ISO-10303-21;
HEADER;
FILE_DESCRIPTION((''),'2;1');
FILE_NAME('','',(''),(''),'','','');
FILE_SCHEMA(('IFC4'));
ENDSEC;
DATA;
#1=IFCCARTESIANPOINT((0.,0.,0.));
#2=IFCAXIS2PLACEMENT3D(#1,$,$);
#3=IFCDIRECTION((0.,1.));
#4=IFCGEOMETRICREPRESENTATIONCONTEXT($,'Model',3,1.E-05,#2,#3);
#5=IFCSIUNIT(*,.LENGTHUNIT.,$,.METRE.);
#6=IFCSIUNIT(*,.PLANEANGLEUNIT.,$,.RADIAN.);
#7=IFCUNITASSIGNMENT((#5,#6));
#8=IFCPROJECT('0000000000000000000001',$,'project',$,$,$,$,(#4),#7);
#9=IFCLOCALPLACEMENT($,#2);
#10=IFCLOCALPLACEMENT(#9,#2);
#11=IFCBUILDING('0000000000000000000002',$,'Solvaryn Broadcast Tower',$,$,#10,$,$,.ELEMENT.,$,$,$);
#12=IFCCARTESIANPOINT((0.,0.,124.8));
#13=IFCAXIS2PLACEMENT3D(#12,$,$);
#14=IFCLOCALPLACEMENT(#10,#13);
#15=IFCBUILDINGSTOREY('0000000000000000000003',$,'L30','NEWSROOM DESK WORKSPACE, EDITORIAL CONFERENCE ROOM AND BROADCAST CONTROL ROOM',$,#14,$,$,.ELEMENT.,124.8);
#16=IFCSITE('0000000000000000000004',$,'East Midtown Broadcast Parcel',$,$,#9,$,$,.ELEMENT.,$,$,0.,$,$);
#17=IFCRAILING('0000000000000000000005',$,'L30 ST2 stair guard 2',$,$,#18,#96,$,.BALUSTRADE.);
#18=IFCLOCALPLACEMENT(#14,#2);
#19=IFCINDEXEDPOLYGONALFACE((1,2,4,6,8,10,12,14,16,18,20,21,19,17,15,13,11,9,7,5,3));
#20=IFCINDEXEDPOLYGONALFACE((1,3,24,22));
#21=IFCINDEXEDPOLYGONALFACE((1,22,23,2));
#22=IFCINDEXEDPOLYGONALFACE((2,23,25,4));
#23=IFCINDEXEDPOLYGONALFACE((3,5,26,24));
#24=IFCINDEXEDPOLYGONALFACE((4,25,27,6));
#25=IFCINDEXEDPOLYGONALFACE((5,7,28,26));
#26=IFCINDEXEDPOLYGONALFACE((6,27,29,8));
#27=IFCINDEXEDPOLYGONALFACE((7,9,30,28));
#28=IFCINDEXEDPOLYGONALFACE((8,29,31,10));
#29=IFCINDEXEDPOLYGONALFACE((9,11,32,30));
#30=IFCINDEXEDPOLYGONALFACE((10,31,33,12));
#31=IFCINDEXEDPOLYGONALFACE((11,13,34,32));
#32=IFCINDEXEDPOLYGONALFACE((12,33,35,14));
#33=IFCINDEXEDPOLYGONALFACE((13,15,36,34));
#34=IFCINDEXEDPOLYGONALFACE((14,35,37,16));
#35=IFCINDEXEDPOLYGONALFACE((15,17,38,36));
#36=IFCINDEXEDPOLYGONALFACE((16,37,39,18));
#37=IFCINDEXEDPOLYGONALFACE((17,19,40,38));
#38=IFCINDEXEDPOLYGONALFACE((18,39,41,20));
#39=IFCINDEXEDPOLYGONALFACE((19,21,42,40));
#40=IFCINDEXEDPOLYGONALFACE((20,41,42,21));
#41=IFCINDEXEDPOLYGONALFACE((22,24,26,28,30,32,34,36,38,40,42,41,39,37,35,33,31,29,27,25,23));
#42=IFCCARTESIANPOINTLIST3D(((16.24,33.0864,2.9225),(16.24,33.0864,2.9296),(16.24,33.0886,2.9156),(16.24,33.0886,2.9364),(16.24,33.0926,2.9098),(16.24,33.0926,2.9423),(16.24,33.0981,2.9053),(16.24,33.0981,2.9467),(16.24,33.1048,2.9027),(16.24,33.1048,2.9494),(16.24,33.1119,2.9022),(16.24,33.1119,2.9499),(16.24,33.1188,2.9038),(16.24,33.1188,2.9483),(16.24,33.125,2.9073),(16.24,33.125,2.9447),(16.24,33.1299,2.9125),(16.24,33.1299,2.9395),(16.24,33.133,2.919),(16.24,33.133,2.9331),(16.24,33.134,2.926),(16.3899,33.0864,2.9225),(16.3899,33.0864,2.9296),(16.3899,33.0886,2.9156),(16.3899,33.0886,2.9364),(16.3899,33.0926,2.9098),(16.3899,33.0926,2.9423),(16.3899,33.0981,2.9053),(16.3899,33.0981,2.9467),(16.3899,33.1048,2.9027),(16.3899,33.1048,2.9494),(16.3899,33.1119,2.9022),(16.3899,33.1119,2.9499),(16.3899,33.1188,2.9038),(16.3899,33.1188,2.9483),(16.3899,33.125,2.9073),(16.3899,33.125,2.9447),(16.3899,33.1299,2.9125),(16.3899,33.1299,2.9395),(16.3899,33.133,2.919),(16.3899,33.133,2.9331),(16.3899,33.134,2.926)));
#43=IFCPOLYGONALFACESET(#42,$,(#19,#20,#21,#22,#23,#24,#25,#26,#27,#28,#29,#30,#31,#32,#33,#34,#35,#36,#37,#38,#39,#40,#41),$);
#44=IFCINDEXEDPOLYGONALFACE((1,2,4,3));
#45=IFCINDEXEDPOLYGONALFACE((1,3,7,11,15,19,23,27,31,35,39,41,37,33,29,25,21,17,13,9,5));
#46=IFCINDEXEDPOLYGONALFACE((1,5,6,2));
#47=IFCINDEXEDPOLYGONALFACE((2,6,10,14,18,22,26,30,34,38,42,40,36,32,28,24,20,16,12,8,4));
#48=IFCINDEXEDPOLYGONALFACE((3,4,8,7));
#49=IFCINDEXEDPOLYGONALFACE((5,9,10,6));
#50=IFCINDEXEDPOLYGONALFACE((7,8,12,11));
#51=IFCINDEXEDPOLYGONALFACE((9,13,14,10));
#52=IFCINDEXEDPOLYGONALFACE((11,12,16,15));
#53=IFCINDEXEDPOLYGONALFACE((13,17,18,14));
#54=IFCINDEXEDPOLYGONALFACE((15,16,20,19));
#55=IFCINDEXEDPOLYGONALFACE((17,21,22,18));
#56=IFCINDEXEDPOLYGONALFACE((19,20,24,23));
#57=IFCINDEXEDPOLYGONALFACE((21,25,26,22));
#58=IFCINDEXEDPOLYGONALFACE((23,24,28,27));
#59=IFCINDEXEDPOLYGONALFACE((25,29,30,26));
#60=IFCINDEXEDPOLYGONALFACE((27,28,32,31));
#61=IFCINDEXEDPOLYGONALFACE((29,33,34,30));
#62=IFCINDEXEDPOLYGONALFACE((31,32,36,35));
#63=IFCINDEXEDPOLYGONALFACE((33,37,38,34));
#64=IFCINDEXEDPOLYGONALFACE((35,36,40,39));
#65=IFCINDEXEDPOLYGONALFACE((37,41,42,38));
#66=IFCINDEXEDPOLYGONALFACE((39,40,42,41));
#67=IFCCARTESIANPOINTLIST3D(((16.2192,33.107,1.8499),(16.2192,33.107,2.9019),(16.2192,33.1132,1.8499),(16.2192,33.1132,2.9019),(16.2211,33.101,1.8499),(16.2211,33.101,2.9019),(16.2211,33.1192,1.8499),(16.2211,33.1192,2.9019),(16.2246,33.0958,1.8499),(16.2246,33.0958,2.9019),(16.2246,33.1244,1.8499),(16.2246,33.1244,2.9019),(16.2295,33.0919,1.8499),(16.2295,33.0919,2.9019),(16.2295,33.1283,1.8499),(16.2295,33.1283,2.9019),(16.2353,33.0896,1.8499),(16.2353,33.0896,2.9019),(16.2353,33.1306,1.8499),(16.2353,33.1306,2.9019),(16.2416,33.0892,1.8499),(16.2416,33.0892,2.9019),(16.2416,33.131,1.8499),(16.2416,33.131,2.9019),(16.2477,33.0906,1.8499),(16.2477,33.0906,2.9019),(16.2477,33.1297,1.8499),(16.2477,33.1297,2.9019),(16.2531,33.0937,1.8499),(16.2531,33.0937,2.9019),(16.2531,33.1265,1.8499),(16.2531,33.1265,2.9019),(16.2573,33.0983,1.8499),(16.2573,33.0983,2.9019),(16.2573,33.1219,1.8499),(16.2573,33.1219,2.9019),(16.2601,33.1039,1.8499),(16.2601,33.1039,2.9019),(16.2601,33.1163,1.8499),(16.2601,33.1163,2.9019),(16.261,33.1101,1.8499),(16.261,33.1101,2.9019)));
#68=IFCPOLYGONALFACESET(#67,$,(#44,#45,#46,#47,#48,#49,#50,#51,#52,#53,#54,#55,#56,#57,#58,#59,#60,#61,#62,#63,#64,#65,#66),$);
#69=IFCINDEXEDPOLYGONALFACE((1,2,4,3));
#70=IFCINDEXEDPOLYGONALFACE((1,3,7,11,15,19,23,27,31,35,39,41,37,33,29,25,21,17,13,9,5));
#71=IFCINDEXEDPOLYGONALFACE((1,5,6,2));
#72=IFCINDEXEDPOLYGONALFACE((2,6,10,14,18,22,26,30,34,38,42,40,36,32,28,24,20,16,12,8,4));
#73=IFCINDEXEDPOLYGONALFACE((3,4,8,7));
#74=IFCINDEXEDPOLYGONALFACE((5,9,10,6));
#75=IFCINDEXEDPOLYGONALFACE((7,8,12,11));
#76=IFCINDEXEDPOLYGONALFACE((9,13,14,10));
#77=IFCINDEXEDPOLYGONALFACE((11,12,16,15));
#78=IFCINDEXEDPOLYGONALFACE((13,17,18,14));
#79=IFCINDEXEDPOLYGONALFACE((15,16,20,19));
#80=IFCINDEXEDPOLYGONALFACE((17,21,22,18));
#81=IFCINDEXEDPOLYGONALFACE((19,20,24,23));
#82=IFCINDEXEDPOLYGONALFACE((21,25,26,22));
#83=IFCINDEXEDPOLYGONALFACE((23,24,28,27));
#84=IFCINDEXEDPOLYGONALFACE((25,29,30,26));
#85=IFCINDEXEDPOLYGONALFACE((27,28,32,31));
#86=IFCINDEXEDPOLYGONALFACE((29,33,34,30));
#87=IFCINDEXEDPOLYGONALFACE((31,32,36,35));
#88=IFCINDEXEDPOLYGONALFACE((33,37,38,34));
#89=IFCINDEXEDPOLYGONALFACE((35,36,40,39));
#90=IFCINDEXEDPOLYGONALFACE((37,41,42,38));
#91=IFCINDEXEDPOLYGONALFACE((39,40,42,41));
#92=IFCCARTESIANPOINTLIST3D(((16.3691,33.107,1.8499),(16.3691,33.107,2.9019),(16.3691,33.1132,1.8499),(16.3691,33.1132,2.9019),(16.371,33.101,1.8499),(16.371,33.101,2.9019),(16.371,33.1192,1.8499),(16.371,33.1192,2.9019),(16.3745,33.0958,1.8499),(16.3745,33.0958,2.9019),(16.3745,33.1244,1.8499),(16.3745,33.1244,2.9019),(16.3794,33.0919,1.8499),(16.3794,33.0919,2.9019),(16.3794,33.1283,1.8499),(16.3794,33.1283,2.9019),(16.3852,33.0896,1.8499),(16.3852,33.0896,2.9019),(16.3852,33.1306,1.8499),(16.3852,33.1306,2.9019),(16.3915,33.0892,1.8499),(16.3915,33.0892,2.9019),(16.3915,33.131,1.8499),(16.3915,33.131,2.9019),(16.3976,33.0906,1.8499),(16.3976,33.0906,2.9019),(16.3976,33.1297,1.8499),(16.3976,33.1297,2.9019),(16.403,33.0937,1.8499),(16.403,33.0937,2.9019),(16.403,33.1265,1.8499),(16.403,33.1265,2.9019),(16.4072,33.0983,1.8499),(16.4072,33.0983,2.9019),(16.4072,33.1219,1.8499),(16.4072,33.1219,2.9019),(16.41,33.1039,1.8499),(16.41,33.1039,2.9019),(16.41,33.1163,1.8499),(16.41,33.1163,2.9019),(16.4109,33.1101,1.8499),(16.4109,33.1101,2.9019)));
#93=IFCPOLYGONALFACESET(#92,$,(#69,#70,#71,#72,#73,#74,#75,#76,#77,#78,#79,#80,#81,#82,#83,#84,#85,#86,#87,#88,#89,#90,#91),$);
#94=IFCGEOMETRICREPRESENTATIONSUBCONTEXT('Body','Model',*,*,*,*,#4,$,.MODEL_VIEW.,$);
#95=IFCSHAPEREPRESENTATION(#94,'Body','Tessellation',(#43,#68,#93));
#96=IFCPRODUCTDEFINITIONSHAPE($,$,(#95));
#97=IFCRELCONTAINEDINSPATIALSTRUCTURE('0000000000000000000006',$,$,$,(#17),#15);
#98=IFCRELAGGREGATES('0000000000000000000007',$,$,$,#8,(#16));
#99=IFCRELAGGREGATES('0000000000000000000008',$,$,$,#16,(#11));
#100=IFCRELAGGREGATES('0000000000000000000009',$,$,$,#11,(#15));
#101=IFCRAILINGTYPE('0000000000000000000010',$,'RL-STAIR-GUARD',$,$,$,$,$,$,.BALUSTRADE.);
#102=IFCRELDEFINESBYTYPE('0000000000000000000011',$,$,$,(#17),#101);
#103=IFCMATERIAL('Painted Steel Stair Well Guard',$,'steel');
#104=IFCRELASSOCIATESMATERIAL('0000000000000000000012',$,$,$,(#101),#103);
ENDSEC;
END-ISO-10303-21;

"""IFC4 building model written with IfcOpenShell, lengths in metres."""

from ifc_helpers import new_model, si_unit, direction, frame, origin, origin_2d, place, context, subcontext, project, spatial, circle, extrude, material, type_object, element, save


model = new_model("IFC4")

# Units and contexts
model_context = context("Model", 3, precision=1e-05, world=origin(), true_north=direction((0.0, 1.0)))
body_context = subcontext(model_context, "Body", "Model", "MODEL_VIEW")
ifc_project = project(units=[si_unit("LENGTHUNIT", "METRE"), si_unit("PLANEANGLEUNIT", "RADIAN")], contexts=[model_context])

# Site, building, storey
site_placement = place(None, origin())
site = spatial("IfcSite", under=ifc_project, at=site_placement, Name="East Midtown Broadcast Parcel", CompositionType="ELEMENT", RefElevation=0.0)
building_placement = place(site_placement, origin())
building = spatial("IfcBuilding", under=site, at=building_placement, Name="Solvaryn Broadcast Tower", CompositionType="ELEMENT")
storey_placement = place(building_placement, frame((0.0, 0.0, 124.8)))
storey = spatial("IfcBuildingStorey", under=building, at=storey_placement, Name="L30", Description="NEWSROOM DESK WORKSPACE, EDITORIAL CONFERENCE ROOM AND BROADCAST CONTROL ROOM", CompositionType="ELEMENT", Elevation=124.8)

# Railing
ifc_material_1 = material(Name="Painted Steel Stair Well Guard", Category="steel")
railing_type_1 = type_object("IfcRailingType", Name="RL-STAIR-GUARD", PredefinedType="BALUSTRADE", material=ifc_material_1)
railing_1_placement = place(storey_placement, frame((16.24, 33.1101, 1.8499)))
element("IfcRailing", 1, at=railing_1_placement, inside=storey, type_object=railing_type_1, Name="L30 ST2 stair guard 2", PredefinedType="BALUSTRADE", context=body_context, shape_type="SweptSolid", body=[
    extrude(circle(Radius=0.0239, at=origin_2d()), frame((0.0, 0.0, 1.0762), z_axis=(1.0, 0.0, 0.0), x_axis=(0.0, 1.0, 0.0)), (0.0, 0.0, 1.0), 0.1499),
    extrude(circle(Radius=0.021, at=origin_2d()), origin(), (0.0, 0.0, 1.0), 1.052),
    extrude(circle(Radius=0.021, at=origin_2d()), frame((0.1499, 0.0, 0.0)), (0.0, 0.0, 1.0), 1.052),
])

save(model, "model.ifc")
